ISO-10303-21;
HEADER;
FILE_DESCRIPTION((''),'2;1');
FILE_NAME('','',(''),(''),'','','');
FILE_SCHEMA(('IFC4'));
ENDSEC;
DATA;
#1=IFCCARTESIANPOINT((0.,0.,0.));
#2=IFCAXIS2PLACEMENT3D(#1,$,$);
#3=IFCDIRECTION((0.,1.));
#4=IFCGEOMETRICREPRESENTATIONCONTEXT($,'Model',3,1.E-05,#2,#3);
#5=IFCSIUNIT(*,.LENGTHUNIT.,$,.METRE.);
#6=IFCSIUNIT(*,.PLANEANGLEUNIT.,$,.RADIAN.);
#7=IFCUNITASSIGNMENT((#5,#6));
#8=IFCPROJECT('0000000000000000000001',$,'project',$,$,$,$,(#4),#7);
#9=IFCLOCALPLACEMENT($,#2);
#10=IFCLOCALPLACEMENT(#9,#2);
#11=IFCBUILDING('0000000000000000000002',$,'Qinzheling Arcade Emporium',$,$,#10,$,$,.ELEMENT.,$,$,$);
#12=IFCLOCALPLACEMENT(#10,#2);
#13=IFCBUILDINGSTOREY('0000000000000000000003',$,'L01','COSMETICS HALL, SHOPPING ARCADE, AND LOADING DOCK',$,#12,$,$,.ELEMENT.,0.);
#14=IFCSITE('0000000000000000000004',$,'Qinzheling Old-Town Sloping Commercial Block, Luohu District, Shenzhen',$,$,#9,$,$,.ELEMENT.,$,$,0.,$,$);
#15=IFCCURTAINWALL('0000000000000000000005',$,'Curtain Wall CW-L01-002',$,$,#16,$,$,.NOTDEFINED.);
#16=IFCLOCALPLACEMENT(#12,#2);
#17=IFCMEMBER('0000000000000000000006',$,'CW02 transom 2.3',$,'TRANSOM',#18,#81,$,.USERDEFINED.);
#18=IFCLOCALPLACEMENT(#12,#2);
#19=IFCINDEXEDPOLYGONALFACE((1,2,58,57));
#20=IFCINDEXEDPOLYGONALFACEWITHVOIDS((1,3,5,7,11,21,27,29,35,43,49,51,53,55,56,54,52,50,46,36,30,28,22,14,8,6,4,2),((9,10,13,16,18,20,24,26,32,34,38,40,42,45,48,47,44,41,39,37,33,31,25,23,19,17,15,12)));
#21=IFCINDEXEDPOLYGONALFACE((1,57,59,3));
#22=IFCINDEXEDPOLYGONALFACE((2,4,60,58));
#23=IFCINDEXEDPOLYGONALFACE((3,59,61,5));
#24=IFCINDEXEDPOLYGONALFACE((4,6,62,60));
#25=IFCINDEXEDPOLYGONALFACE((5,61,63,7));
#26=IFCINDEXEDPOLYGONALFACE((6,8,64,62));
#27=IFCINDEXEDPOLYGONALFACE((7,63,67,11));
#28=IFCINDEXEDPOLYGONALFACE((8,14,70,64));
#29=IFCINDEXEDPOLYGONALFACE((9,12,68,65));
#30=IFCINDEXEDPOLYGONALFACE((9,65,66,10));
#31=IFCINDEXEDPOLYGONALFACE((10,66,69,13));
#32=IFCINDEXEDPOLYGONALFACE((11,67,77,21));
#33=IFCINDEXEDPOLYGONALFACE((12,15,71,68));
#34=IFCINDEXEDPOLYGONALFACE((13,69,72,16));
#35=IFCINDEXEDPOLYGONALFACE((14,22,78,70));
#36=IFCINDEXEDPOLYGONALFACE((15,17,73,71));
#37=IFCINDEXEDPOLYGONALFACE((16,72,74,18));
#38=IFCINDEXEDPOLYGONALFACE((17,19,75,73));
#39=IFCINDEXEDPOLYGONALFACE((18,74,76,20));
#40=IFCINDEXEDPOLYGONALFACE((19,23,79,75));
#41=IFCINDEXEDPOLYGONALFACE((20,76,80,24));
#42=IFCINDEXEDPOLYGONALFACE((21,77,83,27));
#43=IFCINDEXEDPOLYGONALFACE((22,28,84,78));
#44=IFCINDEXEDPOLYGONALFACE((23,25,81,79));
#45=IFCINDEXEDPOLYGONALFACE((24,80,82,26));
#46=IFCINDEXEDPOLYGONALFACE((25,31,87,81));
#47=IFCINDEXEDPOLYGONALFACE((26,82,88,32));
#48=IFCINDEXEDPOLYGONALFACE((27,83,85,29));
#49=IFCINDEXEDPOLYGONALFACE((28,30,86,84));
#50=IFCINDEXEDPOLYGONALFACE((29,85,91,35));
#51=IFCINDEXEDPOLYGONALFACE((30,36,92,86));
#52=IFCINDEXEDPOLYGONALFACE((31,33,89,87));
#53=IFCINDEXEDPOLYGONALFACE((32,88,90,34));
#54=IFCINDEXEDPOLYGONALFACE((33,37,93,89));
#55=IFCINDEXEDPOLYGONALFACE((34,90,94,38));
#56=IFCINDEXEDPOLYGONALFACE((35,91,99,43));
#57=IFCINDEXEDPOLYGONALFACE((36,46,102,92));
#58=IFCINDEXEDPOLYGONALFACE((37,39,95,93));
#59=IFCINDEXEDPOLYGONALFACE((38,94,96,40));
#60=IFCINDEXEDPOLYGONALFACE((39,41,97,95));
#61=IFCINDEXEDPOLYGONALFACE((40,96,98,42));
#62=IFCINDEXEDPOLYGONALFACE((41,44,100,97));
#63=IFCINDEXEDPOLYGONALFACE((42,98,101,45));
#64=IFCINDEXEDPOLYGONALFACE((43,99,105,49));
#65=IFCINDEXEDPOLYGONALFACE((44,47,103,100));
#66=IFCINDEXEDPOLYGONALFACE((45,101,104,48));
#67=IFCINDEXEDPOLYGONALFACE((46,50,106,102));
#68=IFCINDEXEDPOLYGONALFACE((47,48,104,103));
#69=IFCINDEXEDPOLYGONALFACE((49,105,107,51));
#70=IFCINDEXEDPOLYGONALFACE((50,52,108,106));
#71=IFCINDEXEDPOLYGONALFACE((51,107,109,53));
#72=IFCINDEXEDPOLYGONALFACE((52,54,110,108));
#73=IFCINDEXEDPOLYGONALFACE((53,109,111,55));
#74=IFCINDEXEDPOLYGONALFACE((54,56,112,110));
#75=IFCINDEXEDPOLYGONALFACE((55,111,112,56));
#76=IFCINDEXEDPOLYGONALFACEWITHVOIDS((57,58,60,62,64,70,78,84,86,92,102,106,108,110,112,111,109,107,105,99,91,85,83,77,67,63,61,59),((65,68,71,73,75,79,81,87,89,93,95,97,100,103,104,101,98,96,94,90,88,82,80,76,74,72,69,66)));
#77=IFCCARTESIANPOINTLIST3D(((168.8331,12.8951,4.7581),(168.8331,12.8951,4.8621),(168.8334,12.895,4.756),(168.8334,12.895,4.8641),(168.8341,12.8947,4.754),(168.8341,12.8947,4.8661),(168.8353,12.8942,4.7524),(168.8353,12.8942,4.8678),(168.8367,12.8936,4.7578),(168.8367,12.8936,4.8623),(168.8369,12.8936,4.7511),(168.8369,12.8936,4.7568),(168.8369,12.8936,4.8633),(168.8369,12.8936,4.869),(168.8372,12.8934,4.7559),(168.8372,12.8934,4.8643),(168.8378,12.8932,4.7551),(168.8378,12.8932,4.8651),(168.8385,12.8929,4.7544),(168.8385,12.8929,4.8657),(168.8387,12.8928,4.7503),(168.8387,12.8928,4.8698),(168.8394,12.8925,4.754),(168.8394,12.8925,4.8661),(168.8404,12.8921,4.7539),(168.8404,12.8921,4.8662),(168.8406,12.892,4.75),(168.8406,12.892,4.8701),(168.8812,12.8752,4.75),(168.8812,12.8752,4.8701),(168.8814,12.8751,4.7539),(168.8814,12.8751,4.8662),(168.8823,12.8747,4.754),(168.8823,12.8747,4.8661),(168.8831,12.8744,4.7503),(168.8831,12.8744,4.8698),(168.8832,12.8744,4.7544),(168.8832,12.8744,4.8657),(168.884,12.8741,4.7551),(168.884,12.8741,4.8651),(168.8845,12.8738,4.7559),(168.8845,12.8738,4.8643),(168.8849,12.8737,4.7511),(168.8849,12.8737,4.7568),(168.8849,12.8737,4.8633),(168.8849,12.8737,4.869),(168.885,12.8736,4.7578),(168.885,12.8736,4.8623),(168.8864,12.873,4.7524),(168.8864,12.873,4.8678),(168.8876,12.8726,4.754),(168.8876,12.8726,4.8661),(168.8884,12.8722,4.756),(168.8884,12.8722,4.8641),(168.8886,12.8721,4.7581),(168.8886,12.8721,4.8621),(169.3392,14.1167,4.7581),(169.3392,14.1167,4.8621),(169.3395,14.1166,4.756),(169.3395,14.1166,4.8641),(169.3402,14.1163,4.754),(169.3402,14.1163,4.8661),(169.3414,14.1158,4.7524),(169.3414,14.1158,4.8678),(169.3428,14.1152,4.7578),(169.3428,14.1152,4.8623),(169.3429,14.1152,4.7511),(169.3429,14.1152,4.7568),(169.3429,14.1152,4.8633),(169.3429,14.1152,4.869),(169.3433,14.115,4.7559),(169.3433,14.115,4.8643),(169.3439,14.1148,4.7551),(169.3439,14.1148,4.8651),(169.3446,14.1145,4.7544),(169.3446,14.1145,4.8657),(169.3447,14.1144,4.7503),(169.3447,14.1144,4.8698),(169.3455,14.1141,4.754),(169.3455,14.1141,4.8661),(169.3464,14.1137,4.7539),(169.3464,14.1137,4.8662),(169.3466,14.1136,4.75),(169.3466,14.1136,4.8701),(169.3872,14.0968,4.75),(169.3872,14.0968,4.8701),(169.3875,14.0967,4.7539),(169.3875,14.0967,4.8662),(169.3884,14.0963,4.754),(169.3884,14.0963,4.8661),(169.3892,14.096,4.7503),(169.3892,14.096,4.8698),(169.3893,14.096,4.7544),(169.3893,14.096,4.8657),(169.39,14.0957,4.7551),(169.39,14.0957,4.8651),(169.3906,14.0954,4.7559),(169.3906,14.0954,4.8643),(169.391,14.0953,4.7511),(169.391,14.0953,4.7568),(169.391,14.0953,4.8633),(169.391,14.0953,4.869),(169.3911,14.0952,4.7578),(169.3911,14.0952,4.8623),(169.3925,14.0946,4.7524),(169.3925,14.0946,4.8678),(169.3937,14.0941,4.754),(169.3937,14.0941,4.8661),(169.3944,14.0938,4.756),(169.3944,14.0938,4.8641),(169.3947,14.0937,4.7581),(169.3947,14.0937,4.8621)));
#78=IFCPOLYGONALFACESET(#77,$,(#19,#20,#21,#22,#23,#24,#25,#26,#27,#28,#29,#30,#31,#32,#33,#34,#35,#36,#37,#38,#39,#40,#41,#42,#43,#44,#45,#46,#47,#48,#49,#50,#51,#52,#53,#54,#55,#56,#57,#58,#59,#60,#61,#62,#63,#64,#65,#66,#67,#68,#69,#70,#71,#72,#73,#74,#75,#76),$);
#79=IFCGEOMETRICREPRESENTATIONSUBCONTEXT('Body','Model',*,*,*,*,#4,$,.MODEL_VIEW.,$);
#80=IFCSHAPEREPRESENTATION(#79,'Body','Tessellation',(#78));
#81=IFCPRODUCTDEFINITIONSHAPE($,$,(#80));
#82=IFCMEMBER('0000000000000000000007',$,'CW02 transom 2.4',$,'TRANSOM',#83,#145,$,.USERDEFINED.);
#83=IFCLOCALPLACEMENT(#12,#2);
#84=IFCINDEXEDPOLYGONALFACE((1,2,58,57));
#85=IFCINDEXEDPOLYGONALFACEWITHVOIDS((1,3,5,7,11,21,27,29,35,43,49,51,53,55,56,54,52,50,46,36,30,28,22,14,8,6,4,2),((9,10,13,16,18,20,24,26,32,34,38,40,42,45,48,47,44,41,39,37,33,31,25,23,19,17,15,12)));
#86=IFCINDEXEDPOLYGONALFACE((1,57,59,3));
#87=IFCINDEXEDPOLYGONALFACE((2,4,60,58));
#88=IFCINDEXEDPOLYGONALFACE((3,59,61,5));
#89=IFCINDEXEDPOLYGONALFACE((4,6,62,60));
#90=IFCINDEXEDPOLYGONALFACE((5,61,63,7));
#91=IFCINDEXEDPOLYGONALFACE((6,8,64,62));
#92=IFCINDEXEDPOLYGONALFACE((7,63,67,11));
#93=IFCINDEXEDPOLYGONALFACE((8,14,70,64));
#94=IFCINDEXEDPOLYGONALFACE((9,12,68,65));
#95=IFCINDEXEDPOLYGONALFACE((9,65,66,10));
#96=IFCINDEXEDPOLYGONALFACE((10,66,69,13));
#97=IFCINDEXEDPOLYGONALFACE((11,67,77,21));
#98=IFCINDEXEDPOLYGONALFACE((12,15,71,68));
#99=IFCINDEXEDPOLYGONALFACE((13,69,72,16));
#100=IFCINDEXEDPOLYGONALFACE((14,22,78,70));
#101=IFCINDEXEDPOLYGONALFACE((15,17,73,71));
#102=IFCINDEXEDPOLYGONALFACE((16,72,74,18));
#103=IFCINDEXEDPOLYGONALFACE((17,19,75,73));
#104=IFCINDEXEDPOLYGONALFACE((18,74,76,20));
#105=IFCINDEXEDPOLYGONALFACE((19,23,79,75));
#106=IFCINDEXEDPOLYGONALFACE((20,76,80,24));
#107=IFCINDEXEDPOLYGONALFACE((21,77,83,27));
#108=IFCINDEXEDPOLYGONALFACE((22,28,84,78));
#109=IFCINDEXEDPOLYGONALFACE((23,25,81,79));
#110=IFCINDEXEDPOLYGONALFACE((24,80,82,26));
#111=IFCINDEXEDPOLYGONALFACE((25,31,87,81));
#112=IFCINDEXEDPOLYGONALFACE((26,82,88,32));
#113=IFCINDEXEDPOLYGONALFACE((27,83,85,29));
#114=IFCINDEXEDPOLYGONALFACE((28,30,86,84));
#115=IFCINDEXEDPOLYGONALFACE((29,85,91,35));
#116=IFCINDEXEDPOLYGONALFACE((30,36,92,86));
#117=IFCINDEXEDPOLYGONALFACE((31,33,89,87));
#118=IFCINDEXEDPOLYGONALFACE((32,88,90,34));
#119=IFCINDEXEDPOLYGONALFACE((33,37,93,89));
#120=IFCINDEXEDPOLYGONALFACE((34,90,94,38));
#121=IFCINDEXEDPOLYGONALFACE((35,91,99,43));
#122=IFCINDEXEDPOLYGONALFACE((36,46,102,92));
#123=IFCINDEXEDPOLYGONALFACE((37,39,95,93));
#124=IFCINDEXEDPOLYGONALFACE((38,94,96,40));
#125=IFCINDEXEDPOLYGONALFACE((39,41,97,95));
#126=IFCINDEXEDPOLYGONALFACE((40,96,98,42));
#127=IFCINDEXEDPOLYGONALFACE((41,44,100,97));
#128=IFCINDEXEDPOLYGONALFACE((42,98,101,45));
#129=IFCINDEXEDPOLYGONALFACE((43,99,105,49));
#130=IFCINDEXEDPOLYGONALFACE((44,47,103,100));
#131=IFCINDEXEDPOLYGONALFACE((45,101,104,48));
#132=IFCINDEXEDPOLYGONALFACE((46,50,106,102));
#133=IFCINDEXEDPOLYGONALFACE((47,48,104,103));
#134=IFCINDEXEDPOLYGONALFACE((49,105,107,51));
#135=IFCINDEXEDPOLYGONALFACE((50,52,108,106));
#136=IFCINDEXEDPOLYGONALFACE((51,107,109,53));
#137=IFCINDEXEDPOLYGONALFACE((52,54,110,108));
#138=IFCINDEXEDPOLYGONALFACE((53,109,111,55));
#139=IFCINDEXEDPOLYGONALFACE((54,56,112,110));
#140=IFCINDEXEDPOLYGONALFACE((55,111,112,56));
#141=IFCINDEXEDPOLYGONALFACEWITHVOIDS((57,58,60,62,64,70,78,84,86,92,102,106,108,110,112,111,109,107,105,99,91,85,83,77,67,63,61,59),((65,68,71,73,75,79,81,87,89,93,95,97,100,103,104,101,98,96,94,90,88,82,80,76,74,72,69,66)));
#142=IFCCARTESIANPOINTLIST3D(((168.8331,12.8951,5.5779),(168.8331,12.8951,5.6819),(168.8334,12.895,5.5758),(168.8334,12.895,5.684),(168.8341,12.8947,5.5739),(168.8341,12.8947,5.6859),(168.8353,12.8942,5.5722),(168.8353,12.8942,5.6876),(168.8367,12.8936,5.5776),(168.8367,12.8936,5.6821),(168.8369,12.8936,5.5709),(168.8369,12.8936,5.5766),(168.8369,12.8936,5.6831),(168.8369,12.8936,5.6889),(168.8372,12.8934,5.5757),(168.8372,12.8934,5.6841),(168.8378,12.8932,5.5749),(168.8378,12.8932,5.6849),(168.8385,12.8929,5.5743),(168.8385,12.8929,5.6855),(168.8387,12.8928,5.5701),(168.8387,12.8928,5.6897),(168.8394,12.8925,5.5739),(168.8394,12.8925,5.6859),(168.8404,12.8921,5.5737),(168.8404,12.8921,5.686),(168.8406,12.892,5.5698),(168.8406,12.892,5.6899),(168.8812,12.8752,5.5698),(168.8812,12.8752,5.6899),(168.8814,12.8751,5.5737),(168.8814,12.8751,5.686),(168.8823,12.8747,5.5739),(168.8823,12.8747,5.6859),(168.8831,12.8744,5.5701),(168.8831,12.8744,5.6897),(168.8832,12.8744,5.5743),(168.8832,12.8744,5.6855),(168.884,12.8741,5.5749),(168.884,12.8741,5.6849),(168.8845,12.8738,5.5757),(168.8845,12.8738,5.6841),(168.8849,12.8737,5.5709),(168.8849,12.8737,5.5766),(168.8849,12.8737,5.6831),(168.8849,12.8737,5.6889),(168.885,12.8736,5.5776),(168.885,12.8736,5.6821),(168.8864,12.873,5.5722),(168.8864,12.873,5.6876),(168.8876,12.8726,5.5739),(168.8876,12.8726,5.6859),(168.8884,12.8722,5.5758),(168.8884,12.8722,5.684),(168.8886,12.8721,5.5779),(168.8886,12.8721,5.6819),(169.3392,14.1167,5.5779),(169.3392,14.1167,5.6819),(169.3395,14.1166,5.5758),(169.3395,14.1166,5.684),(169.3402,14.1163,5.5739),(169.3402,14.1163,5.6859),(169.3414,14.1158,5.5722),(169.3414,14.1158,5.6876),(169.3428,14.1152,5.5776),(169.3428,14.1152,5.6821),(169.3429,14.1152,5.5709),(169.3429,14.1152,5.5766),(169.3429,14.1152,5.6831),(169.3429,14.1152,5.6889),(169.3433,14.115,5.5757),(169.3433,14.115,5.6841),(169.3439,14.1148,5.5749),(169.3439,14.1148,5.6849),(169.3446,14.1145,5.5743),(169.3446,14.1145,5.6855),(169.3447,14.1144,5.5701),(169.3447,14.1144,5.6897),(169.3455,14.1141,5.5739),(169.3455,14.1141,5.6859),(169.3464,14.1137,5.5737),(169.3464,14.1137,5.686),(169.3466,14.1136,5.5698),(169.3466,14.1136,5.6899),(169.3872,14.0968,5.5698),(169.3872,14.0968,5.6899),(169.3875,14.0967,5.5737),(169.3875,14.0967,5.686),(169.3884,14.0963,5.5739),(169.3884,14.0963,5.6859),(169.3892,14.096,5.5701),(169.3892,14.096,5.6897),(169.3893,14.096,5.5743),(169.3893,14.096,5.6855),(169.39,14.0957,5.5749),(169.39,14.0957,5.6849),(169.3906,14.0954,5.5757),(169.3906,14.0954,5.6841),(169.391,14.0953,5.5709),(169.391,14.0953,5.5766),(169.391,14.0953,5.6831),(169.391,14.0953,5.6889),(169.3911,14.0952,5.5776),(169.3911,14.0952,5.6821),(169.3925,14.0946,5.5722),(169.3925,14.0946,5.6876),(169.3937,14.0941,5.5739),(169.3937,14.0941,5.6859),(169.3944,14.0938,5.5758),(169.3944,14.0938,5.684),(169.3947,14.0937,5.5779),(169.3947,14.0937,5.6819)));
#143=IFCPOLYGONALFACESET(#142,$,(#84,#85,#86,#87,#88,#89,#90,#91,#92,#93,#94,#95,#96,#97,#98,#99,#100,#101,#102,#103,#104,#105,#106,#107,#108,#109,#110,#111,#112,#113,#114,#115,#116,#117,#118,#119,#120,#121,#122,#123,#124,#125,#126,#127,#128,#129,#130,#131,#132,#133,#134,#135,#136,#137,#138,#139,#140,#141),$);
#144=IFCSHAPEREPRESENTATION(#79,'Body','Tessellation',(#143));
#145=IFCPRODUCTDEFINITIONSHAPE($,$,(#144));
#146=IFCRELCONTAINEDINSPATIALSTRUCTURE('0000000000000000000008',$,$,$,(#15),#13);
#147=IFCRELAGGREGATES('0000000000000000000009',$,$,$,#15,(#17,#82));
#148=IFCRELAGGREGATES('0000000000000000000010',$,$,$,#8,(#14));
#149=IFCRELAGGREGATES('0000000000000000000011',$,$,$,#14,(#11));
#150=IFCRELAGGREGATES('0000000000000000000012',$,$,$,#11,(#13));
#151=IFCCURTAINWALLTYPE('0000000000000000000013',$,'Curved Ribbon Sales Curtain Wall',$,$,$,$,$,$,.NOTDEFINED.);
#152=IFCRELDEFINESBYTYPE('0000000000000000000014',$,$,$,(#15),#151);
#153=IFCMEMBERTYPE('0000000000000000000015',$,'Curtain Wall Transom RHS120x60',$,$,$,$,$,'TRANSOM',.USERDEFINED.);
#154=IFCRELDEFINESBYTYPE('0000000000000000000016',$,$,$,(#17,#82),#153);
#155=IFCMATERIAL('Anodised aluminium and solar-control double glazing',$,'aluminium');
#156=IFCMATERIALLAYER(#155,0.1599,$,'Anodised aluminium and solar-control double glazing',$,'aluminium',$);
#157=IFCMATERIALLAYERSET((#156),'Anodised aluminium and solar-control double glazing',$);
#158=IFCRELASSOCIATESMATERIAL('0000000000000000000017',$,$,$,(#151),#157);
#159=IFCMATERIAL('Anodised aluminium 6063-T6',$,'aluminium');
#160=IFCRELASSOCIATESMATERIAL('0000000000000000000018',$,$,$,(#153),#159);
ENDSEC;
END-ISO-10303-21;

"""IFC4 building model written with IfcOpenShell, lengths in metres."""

from ifc_helpers import new_model, si_unit, direction, frame, origin, origin_2d, place, context, subcontext, project, spatial, hollow_rectangle, extrude, material, layer, layer_set, material_profile, profile_set, type_object, element, aggregate, save


model = new_model("IFC4")

# Units and contexts
model_context = context("Model", 3, precision=1e-05, world=origin(), true_north=direction((0.0, 1.0)))
body_context = subcontext(model_context, "Body", "Model", "MODEL_VIEW")
ifc_project = project(units=[si_unit("LENGTHUNIT", "METRE"), si_unit("PLANEANGLEUNIT", "RADIAN")], contexts=[model_context])

# Site, building, storey
site_placement = place(None, origin())
site = spatial("IfcSite", under=ifc_project, at=site_placement, Name="Qinzheling Old-Town Sloping Commercial Block, Luohu District, Shenzhen", CompositionType="ELEMENT", RefElevation=0.0)
building_placement = place(site_placement, origin())
building = spatial("IfcBuilding", under=site, at=building_placement, Name="Qinzheling Arcade Emporium", CompositionType="ELEMENT")
storey_placement = place(building_placement, origin())
storey = spatial("IfcBuildingStorey", under=building, at=storey_placement, Name="L01", Description="COSMETICS HALL, SHOPPING ARCADE, AND LOADING DOCK", CompositionType="ELEMENT", Elevation=0.0)

# Curtain wall
ifc_material_1 = material(Name="Anodised aluminium and solar-control double glazing", Category="aluminium")
ifc_layer_1 = layer(ifc_material_1, 0.1599, Name="Anodised aluminium and solar-control double glazing", Category="aluminium")
ifc_layer_set_1 = layer_set([ifc_layer_1], Name="Anodised aluminium and solar-control double glazing")
curtain_wall_type = type_object("IfcCurtainWallType", Name="Curved Ribbon Sales Curtain Wall", PredefinedType="NOTDEFINED", material=ifc_layer_set_1)
curtain_wall_1_placement = place(storey_placement, origin())
curtain_wall_1 = element("IfcCurtainWall", 1, at=curtain_wall_1_placement, inside=storey, type_object=curtain_wall_type, Name="Curtain Wall CW-L01-002", PredefinedType="NOTDEFINED")
ifc_material_2 = material(Name="Anodised aluminium 6063-T6", Category="aluminium")

# Members
ifc_material_profile_1 = material_profile(ifc_material_2, hollow_rectangle(XDim=0.0601, YDim=0.1201, WallThickness=0.0039, InnerFilletRadius=0.0039, OuterFilletRadius=0.0081, at=origin_2d()), Name="RHS 120x60x4", Category="aluminium")
ifc_profile_set_1 = profile_set([ifc_material_profile_1], Name="Anodised aluminium 6063-T6")
member_type_1 = type_object("IfcMemberType", Name="Curtain Wall Transom RHS120x60", ElementType="TRANSOM", PredefinedType="USERDEFINED", material=ifc_profile_set_1)
member_1_placement = place(storey_placement, frame((169.3669, 14.1052, 4.8101), z_axis=(-0.382727, -0.923862, 0.0), x_axis=(0.923862, -0.382727, 0.0)))
member_1 = element("IfcMember", 2, at=member_1_placement, type_object=member_type_1, Name="CW02 transom 2.3", ObjectType="TRANSOM", PredefinedType="USERDEFINED", context=body_context, shape_type="SweptSolid", body=[
    extrude(hollow_rectangle(XDim=0.0601, YDim=0.1201, WallThickness=0.0039, InnerFilletRadius=0.0039, OuterFilletRadius=0.0081, at=origin_2d()), origin(), (0.0, 0.0, 1.0), 1.3223),
])
member_2_placement = place(storey_placement, frame((169.3669, 14.1052, 5.6299), z_axis=(-0.382727, -0.923862, 0.0), x_axis=(0.923862, -0.382727, 0.0)))
member_2 = element("IfcMember", 3, at=member_2_placement, type_object=member_type_1, Name="CW02 transom 2.4", ObjectType="TRANSOM", PredefinedType="USERDEFINED", context=body_context, shape_type="SweptSolid", body=[
    extrude(hollow_rectangle(XDim=0.0601, YDim=0.1201, WallThickness=0.0039, InnerFilletRadius=0.0039, OuterFilletRadius=0.0081, at=origin_2d()), origin(), (0.0, 0.0, 1.0), 1.3223),
])

aggregate(curtain_wall_1, [member_1, member_2])

save(model, "model.ifc")
